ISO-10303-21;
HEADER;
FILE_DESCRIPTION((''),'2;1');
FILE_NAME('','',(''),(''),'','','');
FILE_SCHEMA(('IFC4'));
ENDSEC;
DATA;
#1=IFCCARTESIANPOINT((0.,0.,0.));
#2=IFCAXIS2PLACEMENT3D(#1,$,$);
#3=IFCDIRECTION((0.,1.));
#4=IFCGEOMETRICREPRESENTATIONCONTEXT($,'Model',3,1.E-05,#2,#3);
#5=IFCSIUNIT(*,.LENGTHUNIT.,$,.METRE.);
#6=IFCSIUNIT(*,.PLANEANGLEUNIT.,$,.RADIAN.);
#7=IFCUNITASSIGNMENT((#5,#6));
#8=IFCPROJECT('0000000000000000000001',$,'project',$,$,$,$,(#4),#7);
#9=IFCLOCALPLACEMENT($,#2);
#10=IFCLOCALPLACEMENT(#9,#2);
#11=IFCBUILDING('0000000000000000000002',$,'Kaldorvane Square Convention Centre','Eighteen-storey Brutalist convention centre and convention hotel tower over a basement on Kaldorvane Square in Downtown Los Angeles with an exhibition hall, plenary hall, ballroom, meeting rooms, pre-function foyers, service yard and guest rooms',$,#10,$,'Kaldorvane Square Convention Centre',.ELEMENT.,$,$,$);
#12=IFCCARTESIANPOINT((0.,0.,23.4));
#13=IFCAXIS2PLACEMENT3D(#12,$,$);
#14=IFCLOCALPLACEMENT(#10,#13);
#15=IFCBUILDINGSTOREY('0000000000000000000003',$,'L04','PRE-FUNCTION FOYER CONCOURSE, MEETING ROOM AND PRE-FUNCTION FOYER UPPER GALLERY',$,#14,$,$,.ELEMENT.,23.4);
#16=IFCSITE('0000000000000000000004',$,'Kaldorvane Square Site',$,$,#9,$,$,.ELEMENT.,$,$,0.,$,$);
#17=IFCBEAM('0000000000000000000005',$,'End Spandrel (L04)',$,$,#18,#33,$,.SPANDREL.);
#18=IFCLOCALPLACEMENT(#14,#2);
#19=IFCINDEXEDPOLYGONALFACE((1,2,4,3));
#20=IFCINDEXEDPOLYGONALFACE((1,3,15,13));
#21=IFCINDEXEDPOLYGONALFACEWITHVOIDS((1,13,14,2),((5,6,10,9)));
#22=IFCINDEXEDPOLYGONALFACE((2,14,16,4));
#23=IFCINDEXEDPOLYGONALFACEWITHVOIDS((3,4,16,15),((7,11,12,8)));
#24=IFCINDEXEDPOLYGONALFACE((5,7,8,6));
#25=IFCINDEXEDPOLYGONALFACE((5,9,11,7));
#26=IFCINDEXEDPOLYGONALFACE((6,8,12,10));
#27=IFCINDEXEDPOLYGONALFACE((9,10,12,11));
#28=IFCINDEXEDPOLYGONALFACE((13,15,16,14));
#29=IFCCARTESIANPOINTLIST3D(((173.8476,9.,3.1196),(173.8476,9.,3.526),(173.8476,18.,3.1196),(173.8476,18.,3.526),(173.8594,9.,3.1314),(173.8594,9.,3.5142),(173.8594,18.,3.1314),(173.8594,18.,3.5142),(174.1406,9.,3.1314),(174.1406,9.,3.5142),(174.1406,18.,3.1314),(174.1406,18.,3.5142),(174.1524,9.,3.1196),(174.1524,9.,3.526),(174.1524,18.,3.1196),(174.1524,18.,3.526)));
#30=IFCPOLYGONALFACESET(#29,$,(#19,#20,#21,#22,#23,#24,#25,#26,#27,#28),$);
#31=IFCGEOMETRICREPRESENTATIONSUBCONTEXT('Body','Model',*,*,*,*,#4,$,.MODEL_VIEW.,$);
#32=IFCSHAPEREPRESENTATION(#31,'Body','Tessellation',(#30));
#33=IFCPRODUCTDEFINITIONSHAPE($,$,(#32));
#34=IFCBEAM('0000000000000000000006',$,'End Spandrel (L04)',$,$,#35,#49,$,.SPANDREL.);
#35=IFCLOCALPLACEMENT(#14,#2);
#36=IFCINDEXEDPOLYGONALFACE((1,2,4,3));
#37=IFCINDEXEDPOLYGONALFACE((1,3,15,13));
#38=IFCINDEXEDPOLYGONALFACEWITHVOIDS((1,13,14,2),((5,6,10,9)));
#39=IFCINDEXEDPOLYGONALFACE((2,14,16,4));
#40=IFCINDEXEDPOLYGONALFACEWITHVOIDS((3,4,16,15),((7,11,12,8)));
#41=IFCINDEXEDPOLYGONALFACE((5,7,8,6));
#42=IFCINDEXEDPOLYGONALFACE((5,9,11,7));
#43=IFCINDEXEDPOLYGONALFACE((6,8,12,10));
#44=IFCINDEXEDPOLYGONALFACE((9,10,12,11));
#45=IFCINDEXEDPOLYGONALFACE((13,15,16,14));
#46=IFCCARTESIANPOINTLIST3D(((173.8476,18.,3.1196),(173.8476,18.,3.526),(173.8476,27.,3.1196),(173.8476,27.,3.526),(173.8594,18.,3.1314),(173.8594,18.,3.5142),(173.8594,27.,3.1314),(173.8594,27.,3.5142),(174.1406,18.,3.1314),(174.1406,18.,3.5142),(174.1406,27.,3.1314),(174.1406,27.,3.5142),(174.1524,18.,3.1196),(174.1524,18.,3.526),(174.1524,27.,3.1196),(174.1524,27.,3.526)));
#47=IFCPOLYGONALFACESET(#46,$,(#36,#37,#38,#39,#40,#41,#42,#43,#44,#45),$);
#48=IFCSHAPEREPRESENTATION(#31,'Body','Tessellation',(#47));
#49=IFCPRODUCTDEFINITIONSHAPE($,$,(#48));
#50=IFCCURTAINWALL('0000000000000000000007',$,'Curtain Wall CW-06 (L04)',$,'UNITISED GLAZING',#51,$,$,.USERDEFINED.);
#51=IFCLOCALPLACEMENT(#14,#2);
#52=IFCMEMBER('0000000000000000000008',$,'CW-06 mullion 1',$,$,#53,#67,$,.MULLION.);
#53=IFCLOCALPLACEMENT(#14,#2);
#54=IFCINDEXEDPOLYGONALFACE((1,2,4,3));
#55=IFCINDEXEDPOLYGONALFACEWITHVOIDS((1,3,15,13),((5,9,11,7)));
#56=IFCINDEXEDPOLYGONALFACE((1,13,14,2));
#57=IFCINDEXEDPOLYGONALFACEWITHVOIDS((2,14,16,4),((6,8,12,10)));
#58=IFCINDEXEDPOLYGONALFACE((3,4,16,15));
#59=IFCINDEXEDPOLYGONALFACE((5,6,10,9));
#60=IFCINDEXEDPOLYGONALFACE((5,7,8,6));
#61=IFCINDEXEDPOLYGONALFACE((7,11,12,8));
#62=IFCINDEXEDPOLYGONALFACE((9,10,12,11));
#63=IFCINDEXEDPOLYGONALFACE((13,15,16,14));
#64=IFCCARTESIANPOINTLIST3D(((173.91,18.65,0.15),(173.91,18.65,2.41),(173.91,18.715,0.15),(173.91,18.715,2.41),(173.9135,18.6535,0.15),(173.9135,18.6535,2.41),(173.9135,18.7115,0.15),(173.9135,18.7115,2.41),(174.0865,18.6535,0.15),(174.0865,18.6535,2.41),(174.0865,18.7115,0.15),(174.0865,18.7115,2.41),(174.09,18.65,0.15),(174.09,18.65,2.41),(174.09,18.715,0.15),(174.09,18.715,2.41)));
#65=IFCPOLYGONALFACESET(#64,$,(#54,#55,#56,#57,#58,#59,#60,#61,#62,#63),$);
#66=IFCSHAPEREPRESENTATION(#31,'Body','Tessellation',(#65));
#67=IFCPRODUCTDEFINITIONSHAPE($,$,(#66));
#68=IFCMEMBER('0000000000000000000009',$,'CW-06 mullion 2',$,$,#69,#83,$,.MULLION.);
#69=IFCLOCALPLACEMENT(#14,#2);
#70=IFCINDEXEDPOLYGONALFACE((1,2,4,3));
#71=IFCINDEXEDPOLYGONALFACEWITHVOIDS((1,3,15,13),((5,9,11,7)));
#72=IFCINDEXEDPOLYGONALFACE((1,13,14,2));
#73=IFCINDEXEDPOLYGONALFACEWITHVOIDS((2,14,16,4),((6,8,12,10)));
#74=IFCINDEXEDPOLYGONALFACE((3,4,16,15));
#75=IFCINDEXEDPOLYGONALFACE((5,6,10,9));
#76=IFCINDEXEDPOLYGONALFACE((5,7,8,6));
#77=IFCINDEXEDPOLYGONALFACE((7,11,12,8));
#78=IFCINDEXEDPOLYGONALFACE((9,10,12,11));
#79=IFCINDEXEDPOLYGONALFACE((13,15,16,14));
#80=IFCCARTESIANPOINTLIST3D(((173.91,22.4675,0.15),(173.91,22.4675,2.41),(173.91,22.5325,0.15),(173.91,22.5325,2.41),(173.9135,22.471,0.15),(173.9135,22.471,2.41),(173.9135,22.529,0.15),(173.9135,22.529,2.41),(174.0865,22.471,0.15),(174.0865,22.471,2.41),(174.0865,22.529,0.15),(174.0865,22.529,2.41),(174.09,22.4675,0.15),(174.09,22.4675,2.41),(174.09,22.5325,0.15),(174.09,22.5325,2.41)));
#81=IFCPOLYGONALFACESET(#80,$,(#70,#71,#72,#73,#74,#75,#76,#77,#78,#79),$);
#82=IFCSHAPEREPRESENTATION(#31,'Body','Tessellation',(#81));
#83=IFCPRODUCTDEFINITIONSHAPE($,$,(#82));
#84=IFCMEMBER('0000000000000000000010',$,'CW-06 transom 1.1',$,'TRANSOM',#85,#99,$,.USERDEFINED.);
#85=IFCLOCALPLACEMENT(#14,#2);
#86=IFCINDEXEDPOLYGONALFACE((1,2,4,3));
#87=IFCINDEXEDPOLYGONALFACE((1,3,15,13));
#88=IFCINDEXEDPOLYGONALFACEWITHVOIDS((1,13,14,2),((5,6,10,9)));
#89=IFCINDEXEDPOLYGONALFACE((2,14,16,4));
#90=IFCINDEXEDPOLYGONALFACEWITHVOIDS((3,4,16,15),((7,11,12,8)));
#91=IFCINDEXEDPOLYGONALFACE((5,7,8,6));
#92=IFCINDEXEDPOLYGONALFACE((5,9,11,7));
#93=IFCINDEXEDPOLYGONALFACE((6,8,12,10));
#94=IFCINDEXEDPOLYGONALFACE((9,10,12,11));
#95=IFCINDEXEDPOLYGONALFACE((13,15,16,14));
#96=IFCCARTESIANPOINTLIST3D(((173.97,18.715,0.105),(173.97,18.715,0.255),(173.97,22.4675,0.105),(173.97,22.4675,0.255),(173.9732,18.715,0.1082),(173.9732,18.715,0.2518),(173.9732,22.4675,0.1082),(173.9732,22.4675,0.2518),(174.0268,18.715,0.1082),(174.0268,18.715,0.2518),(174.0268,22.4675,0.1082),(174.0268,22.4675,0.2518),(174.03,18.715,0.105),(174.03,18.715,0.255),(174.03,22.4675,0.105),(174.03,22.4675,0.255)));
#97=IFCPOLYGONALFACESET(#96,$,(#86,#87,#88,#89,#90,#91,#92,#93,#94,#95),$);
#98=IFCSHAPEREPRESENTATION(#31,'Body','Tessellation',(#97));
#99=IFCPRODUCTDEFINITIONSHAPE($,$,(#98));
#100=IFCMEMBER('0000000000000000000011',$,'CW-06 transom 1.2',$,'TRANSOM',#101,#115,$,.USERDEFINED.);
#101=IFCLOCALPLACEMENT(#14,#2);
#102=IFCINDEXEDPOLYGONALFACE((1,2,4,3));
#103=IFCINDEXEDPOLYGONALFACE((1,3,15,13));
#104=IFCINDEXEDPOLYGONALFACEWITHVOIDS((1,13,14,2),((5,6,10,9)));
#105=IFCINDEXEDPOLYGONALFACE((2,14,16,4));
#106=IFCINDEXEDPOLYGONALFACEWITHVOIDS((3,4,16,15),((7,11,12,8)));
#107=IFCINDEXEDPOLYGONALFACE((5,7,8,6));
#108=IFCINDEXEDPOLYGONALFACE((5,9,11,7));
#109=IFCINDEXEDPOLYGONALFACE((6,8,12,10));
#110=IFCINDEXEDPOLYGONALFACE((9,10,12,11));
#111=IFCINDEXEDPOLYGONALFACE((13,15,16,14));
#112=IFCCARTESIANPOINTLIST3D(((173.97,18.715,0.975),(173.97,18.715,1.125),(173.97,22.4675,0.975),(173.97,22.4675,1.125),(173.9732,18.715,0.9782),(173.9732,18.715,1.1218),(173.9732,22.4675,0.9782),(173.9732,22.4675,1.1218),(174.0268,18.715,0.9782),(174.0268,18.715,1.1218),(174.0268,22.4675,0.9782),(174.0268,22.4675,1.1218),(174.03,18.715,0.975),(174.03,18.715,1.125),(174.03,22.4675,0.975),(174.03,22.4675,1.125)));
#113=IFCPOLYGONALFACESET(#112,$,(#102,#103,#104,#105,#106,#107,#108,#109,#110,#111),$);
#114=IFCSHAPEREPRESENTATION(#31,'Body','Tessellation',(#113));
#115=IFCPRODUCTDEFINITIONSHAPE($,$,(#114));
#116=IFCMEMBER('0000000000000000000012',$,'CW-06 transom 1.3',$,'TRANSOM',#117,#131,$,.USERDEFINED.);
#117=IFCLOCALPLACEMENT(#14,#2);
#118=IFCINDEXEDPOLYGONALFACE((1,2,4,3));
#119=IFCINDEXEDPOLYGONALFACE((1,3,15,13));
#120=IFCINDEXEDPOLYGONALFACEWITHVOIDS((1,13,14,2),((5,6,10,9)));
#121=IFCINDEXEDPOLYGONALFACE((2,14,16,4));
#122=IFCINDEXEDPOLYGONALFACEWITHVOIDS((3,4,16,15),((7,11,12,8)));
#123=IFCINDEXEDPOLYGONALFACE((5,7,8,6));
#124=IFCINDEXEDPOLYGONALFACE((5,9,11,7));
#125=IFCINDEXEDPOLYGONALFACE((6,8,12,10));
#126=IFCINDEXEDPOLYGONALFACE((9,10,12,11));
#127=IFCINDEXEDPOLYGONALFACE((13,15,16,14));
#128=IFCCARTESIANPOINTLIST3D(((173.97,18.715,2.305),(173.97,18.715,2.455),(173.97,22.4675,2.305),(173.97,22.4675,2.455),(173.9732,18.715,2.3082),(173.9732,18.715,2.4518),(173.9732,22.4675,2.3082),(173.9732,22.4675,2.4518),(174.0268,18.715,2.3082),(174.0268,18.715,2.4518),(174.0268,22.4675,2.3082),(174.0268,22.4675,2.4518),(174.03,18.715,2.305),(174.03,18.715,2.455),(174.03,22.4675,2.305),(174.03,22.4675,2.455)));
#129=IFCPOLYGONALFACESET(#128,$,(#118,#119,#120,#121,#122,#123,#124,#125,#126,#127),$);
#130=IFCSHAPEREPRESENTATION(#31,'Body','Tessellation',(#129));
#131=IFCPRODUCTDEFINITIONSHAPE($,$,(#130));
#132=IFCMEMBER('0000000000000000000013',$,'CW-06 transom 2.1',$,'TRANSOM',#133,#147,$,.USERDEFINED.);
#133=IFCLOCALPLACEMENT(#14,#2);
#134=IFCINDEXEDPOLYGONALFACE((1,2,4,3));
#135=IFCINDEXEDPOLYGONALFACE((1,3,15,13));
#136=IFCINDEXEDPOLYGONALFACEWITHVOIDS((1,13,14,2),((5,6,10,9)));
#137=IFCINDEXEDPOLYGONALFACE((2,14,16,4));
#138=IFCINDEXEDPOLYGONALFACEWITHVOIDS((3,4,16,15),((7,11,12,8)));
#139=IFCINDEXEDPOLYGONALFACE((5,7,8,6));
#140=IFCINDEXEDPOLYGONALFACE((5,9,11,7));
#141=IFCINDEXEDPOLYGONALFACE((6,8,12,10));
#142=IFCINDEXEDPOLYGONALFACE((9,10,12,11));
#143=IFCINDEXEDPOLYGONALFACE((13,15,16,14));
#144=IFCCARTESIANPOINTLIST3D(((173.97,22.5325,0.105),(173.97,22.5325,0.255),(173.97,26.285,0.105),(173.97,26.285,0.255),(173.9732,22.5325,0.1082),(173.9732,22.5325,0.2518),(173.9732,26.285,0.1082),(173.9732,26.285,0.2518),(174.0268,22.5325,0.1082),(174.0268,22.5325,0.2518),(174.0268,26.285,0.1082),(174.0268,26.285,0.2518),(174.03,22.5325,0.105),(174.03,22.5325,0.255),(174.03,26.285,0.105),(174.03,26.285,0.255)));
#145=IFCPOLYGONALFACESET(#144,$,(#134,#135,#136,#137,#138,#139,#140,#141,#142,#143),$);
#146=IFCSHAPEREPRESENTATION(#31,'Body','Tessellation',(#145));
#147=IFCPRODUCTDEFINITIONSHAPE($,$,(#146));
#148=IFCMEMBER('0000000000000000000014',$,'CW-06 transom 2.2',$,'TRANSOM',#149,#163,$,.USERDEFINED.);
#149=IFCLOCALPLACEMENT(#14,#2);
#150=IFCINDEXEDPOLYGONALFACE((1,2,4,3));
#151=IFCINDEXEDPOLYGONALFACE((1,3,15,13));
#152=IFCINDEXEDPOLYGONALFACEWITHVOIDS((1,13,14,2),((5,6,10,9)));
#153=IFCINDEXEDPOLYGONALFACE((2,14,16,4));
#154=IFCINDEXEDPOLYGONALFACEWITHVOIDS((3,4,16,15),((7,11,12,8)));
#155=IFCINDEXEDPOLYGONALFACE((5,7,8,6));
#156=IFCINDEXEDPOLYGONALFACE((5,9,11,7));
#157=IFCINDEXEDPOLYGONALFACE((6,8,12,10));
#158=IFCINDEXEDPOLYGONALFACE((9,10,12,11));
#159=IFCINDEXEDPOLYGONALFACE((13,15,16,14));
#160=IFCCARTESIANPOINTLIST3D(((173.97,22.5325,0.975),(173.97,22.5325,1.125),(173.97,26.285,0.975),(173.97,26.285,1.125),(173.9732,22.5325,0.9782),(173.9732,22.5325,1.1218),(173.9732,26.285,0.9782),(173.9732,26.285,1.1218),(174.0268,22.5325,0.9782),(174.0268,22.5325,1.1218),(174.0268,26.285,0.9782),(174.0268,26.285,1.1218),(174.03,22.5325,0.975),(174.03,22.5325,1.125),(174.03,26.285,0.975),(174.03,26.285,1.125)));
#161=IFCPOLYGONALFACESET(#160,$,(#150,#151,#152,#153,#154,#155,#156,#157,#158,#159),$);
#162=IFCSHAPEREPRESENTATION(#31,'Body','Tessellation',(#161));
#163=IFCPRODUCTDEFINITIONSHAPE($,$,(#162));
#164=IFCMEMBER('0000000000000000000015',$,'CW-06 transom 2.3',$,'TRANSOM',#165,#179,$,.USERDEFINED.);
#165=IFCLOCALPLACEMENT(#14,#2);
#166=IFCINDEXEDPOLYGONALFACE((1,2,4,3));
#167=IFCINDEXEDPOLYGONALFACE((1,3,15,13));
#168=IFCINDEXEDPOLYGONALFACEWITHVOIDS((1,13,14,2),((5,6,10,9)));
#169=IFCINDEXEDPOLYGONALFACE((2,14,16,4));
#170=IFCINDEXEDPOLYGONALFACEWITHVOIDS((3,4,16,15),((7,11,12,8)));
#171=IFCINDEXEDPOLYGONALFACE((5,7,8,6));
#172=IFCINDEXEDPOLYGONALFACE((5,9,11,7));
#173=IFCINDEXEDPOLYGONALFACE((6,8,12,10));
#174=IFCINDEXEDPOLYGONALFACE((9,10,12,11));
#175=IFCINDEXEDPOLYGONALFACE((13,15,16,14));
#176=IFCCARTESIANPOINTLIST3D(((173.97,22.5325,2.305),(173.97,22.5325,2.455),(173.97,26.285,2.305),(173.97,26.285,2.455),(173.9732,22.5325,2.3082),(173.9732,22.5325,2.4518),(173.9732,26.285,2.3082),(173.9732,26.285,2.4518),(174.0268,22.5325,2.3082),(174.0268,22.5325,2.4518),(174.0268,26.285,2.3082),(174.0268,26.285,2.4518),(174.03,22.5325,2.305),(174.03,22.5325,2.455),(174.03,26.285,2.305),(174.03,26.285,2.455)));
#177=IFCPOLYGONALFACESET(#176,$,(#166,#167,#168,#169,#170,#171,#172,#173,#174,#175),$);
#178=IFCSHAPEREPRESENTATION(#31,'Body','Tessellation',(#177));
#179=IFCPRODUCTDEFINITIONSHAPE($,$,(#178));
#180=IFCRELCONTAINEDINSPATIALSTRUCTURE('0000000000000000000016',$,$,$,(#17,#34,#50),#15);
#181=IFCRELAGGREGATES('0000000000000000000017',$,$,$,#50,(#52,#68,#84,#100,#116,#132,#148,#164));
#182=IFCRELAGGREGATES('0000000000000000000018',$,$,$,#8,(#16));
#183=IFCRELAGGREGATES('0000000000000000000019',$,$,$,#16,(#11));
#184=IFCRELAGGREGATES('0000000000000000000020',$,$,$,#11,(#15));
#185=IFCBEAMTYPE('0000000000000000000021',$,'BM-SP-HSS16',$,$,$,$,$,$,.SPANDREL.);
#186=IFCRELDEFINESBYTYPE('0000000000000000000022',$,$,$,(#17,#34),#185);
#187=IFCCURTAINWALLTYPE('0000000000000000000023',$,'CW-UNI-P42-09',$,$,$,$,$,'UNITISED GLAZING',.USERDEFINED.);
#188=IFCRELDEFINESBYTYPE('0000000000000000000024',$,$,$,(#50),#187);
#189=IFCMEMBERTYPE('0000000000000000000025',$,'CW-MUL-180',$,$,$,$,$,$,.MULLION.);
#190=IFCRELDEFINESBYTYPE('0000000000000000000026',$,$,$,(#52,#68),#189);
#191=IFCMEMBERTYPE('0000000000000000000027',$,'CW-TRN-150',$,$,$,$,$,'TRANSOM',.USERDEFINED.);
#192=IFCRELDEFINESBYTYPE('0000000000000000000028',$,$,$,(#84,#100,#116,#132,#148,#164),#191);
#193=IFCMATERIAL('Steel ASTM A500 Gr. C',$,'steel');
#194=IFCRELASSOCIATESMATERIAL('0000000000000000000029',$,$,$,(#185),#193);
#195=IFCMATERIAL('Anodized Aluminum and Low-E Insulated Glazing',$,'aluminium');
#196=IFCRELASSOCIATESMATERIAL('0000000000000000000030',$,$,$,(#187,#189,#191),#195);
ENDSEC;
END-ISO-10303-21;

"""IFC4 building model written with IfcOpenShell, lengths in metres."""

from ifc_helpers import new_model, si_unit, direction, frame, origin, origin_2d, place, context, subcontext, project, spatial, hollow_rectangle, extrude, material, material_profile, profile_set, type_object, element, aggregate, save


model = new_model("IFC4")

# Units and contexts
model_context = context("Model", 3, precision=1e-05, world=origin(), true_north=direction((0.0, 1.0)))
body_context = subcontext(model_context, "Body", "Model", "MODEL_VIEW")
ifc_project = project(units=[si_unit("LENGTHUNIT", "METRE"), si_unit("PLANEANGLEUNIT", "RADIAN")], contexts=[model_context])

# Site, building, storey
site_placement = place(None, origin())
site = spatial("IfcSite", under=ifc_project, at=site_placement, Name="Kaldorvane Square Site", CompositionType="ELEMENT", RefElevation=0.0)
building_placement = place(site_placement, origin())
building = spatial("IfcBuilding", under=site, at=building_placement, Name="Kaldorvane Square Convention Centre", Description="Eighteen-storey Brutalist convention centre and convention hotel tower over a basement on Kaldorvane Square in Downtown Los Angeles with an exhibition hall, plenary hall, ballroom, meeting rooms, pre-function foyers, service yard and guest rooms", LongName="Kaldorvane Square Convention Centre", CompositionType="ELEMENT")
storey_placement = place(building_placement, frame((0.0, 0.0, 23.4)))
storey = spatial("IfcBuildingStorey", under=building, at=storey_placement, Name="L04", Description="PRE-FUNCTION FOYER CONCOURSE, MEETING ROOM AND PRE-FUNCTION FOYER UPPER GALLERY", CompositionType="ELEMENT", Elevation=23.4)

# Beams
ifc_material_1 = material(Name="Steel ASTM A500 Gr. C", Category="steel")
ifc_material_profile_1 = material_profile(ifc_material_1, hollow_rectangle(XDim=0.3048, YDim=0.4064, WallThickness=0.0118, at=origin_2d()), Name="HSS16X12X1/2")
ifc_profile_set_1 = profile_set([ifc_material_profile_1], Name="Steel ASTM A500 Gr. C")
beam_type_1 = type_object("IfcBeamType", Name="BM-SP-HSS16", PredefinedType="SPANDREL", material=ifc_profile_set_1)
for number, where, z_axis, x_axis, name in (
    (1, (174.0, 9.0, 3.3228), (0.0, 1.0, 0.0), (-1.0, 0.0, 0.0), "End Spandrel (L04)"),
    (2, (174.0, 18.0, 3.3228), (0.0, 1.0, 0.0), (-1.0, 0.0, 0.0), "End Spandrel (L04)"),
):
    element("IfcBeam", number, at=place(storey_placement, frame(where, z_axis=z_axis, x_axis=x_axis)), inside=storey, type_object=beam_type_1, Name=name, PredefinedType="SPANDREL", context=body_context, shape_type="SweptSolid", body=[
        extrude(hollow_rectangle(XDim=0.3048, YDim=0.4064, WallThickness=0.0118, at=origin_2d()), origin(), (0.0, 0.0, 1.0), 9.0),
    ])

# Curtain wall, members
ifc_material_2 = material(Name="Anodized Aluminum and Low-E Insulated Glazing", Category="aluminium")
curtain_wall_type = type_object("IfcCurtainWallType", Name="CW-UNI-P42-09", ElementType="UNITISED GLAZING", PredefinedType="USERDEFINED", material=ifc_material_2)
curtain_wall_placement = place(storey_placement, origin())
curtain_wall = element("IfcCurtainWall", 3, at=curtain_wall_placement, inside=storey, type_object=curtain_wall_type, Name="Curtain Wall CW-06 (L04)", ObjectType="UNITISED GLAZING", PredefinedType="USERDEFINED")
ifc_material_profile_2 = material_profile(ifc_material_2, hollow_rectangle(XDim=0.065, YDim=0.18, WallThickness=0.0035, at=origin_2d()), Name="CWM-180X65")
ifc_profile_set_2 = profile_set([ifc_material_profile_2], Name="Anodized Aluminum and Low-E Insulated Glazing")
member_type_1 = type_object("IfcMemberType", Name="CW-MUL-180", PredefinedType="MULLION", material=ifc_profile_set_2)
member_1_placement = place(storey_placement, frame((174.0, 18.6825, 0.15), z_axis=(0.0, 0.0, 1.0), x_axis=(0.0, 1.0, 0.0)))
member_1 = element("IfcMember", 4, at=member_1_placement, type_object=member_type_1, Name="CW-06 mullion 1", PredefinedType="MULLION", context=body_context, shape_type="SweptSolid", body=[
    extrude(hollow_rectangle(XDim=0.065, YDim=0.18, WallThickness=0.0035, at=origin_2d()), origin(), (0.0, 0.0, 1.0), 2.26),
])
member_2_placement = place(storey_placement, frame((174.0, 22.5, 0.15), z_axis=(0.0, 0.0, 1.0), x_axis=(0.0, 1.0, 0.0)))
member_2 = element("IfcMember", 5, at=member_2_placement, type_object=member_type_1, Name="CW-06 mullion 2", PredefinedType="MULLION", context=body_context, shape_type="SweptSolid", body=[
    extrude(hollow_rectangle(XDim=0.065, YDim=0.18, WallThickness=0.0035, at=origin_2d()), origin(), (0.0, 0.0, 1.0), 2.26),
])
ifc_material_profile_3 = material_profile(ifc_material_2, hollow_rectangle(XDim=0.06, YDim=0.15, WallThickness=0.0032, at=origin_2d()), Name="CWT-150X60")
ifc_profile_set_3 = profile_set([ifc_material_profile_3], Name="Anodized Aluminum and Low-E Insulated Glazing")
member_type_2 = type_object("IfcMemberType", Name="CW-TRN-150", ElementType="TRANSOM", PredefinedType="USERDEFINED", material=ifc_profile_set_3)
member_3_placement = place(storey_placement, frame((174.0, 18.715, 0.18), z_axis=(0.0, 1.0, 0.0), x_axis=(-1.0, 0.0, 0.0)))
member_3 = element("IfcMember", 6, at=member_3_placement, type_object=member_type_2, Name="CW-06 transom 1.1", ObjectType="TRANSOM", PredefinedType="USERDEFINED", context=body_context, shape_type="SweptSolid", body=[
    extrude(hollow_rectangle(XDim=0.06, YDim=0.15, WallThickness=0.0032, at=origin_2d()), origin(), (0.0, 0.0, 1.0), 3.7525),
])
member_4_placement = place(storey_placement, frame((174.0, 18.715, 1.05), z_axis=(0.0, 1.0, 0.0), x_axis=(-1.0, 0.0, 0.0)))
member_4 = element("IfcMember", 7, at=member_4_placement, type_object=member_type_2, Name="CW-06 transom 1.2", ObjectType="TRANSOM", PredefinedType="USERDEFINED", context=body_context, shape_type="SweptSolid", body=[
    extrude(hollow_rectangle(XDim=0.06, YDim=0.15, WallThickness=0.0032, at=origin_2d()), origin(), (0.0, 0.0, 1.0), 3.7525),
])
member_5_placement = place(storey_placement, frame((174.0, 18.715, 2.38), z_axis=(0.0, 1.0, 0.0), x_axis=(-1.0, 0.0, 0.0)))
member_5 = element("IfcMember", 8, at=member_5_placement, type_object=member_type_2, Name="CW-06 transom 1.3", ObjectType="TRANSOM", PredefinedType="USERDEFINED", context=body_context, shape_type="SweptSolid", body=[
    extrude(hollow_rectangle(XDim=0.06, YDim=0.15, WallThickness=0.0032, at=origin_2d()), origin(), (0.0, 0.0, 1.0), 3.7525),
])
member_6_placement = place(storey_placement, frame((174.0, 22.5325, 0.18), z_axis=(0.0, 1.0, 0.0), x_axis=(-1.0, 0.0, 0.0)))
member_6 = element("IfcMember", 9, at=member_6_placement, type_object=member_type_2, Name="CW-06 transom 2.1", ObjectType="TRANSOM", PredefinedType="USERDEFINED", context=body_context, shape_type="SweptSolid", body=[
    extrude(hollow_rectangle(XDim=0.06, YDim=0.15, WallThickness=0.0032, at=origin_2d()), origin(), (0.0, 0.0, 1.0), 3.7525),
])
member_7_placement = place(storey_placement, frame((174.0, 22.5325, 1.05), z_axis=(0.0, 1.0, 0.0), x_axis=(-1.0, 0.0, 0.0)))
member_7 = element("IfcMember", 10, at=member_7_placement, type_object=member_type_2, Name="CW-06 transom 2.2", ObjectType="TRANSOM", PredefinedType="USERDEFINED", context=body_context, shape_type="SweptSolid", body=[
    extrude(hollow_rectangle(XDim=0.06, YDim=0.15, WallThickness=0.0032, at=origin_2d()), origin(), (0.0, 0.0, 1.0), 3.7525),
])
member_8_placement = place(storey_placement, frame((174.0, 22.5325, 2.38), z_axis=(0.0, 1.0, 0.0), x_axis=(-1.0, 0.0, 0.0)))
member_8 = element("IfcMember", 11, at=member_8_placement, type_object=member_type_2, Name="CW-06 transom 2.3", ObjectType="TRANSOM", PredefinedType="USERDEFINED", context=body_context, shape_type="SweptSolid", body=[
    extrude(hollow_rectangle(XDim=0.06, YDim=0.15, WallThickness=0.0032, at=origin_2d()), origin(), (0.0, 0.0, 1.0), 3.7525),
])

aggregate(curtain_wall, [member_1, member_2, member_3, member_4, member_5, member_6, member_7, member_8])

save(model, "model.ifc")
